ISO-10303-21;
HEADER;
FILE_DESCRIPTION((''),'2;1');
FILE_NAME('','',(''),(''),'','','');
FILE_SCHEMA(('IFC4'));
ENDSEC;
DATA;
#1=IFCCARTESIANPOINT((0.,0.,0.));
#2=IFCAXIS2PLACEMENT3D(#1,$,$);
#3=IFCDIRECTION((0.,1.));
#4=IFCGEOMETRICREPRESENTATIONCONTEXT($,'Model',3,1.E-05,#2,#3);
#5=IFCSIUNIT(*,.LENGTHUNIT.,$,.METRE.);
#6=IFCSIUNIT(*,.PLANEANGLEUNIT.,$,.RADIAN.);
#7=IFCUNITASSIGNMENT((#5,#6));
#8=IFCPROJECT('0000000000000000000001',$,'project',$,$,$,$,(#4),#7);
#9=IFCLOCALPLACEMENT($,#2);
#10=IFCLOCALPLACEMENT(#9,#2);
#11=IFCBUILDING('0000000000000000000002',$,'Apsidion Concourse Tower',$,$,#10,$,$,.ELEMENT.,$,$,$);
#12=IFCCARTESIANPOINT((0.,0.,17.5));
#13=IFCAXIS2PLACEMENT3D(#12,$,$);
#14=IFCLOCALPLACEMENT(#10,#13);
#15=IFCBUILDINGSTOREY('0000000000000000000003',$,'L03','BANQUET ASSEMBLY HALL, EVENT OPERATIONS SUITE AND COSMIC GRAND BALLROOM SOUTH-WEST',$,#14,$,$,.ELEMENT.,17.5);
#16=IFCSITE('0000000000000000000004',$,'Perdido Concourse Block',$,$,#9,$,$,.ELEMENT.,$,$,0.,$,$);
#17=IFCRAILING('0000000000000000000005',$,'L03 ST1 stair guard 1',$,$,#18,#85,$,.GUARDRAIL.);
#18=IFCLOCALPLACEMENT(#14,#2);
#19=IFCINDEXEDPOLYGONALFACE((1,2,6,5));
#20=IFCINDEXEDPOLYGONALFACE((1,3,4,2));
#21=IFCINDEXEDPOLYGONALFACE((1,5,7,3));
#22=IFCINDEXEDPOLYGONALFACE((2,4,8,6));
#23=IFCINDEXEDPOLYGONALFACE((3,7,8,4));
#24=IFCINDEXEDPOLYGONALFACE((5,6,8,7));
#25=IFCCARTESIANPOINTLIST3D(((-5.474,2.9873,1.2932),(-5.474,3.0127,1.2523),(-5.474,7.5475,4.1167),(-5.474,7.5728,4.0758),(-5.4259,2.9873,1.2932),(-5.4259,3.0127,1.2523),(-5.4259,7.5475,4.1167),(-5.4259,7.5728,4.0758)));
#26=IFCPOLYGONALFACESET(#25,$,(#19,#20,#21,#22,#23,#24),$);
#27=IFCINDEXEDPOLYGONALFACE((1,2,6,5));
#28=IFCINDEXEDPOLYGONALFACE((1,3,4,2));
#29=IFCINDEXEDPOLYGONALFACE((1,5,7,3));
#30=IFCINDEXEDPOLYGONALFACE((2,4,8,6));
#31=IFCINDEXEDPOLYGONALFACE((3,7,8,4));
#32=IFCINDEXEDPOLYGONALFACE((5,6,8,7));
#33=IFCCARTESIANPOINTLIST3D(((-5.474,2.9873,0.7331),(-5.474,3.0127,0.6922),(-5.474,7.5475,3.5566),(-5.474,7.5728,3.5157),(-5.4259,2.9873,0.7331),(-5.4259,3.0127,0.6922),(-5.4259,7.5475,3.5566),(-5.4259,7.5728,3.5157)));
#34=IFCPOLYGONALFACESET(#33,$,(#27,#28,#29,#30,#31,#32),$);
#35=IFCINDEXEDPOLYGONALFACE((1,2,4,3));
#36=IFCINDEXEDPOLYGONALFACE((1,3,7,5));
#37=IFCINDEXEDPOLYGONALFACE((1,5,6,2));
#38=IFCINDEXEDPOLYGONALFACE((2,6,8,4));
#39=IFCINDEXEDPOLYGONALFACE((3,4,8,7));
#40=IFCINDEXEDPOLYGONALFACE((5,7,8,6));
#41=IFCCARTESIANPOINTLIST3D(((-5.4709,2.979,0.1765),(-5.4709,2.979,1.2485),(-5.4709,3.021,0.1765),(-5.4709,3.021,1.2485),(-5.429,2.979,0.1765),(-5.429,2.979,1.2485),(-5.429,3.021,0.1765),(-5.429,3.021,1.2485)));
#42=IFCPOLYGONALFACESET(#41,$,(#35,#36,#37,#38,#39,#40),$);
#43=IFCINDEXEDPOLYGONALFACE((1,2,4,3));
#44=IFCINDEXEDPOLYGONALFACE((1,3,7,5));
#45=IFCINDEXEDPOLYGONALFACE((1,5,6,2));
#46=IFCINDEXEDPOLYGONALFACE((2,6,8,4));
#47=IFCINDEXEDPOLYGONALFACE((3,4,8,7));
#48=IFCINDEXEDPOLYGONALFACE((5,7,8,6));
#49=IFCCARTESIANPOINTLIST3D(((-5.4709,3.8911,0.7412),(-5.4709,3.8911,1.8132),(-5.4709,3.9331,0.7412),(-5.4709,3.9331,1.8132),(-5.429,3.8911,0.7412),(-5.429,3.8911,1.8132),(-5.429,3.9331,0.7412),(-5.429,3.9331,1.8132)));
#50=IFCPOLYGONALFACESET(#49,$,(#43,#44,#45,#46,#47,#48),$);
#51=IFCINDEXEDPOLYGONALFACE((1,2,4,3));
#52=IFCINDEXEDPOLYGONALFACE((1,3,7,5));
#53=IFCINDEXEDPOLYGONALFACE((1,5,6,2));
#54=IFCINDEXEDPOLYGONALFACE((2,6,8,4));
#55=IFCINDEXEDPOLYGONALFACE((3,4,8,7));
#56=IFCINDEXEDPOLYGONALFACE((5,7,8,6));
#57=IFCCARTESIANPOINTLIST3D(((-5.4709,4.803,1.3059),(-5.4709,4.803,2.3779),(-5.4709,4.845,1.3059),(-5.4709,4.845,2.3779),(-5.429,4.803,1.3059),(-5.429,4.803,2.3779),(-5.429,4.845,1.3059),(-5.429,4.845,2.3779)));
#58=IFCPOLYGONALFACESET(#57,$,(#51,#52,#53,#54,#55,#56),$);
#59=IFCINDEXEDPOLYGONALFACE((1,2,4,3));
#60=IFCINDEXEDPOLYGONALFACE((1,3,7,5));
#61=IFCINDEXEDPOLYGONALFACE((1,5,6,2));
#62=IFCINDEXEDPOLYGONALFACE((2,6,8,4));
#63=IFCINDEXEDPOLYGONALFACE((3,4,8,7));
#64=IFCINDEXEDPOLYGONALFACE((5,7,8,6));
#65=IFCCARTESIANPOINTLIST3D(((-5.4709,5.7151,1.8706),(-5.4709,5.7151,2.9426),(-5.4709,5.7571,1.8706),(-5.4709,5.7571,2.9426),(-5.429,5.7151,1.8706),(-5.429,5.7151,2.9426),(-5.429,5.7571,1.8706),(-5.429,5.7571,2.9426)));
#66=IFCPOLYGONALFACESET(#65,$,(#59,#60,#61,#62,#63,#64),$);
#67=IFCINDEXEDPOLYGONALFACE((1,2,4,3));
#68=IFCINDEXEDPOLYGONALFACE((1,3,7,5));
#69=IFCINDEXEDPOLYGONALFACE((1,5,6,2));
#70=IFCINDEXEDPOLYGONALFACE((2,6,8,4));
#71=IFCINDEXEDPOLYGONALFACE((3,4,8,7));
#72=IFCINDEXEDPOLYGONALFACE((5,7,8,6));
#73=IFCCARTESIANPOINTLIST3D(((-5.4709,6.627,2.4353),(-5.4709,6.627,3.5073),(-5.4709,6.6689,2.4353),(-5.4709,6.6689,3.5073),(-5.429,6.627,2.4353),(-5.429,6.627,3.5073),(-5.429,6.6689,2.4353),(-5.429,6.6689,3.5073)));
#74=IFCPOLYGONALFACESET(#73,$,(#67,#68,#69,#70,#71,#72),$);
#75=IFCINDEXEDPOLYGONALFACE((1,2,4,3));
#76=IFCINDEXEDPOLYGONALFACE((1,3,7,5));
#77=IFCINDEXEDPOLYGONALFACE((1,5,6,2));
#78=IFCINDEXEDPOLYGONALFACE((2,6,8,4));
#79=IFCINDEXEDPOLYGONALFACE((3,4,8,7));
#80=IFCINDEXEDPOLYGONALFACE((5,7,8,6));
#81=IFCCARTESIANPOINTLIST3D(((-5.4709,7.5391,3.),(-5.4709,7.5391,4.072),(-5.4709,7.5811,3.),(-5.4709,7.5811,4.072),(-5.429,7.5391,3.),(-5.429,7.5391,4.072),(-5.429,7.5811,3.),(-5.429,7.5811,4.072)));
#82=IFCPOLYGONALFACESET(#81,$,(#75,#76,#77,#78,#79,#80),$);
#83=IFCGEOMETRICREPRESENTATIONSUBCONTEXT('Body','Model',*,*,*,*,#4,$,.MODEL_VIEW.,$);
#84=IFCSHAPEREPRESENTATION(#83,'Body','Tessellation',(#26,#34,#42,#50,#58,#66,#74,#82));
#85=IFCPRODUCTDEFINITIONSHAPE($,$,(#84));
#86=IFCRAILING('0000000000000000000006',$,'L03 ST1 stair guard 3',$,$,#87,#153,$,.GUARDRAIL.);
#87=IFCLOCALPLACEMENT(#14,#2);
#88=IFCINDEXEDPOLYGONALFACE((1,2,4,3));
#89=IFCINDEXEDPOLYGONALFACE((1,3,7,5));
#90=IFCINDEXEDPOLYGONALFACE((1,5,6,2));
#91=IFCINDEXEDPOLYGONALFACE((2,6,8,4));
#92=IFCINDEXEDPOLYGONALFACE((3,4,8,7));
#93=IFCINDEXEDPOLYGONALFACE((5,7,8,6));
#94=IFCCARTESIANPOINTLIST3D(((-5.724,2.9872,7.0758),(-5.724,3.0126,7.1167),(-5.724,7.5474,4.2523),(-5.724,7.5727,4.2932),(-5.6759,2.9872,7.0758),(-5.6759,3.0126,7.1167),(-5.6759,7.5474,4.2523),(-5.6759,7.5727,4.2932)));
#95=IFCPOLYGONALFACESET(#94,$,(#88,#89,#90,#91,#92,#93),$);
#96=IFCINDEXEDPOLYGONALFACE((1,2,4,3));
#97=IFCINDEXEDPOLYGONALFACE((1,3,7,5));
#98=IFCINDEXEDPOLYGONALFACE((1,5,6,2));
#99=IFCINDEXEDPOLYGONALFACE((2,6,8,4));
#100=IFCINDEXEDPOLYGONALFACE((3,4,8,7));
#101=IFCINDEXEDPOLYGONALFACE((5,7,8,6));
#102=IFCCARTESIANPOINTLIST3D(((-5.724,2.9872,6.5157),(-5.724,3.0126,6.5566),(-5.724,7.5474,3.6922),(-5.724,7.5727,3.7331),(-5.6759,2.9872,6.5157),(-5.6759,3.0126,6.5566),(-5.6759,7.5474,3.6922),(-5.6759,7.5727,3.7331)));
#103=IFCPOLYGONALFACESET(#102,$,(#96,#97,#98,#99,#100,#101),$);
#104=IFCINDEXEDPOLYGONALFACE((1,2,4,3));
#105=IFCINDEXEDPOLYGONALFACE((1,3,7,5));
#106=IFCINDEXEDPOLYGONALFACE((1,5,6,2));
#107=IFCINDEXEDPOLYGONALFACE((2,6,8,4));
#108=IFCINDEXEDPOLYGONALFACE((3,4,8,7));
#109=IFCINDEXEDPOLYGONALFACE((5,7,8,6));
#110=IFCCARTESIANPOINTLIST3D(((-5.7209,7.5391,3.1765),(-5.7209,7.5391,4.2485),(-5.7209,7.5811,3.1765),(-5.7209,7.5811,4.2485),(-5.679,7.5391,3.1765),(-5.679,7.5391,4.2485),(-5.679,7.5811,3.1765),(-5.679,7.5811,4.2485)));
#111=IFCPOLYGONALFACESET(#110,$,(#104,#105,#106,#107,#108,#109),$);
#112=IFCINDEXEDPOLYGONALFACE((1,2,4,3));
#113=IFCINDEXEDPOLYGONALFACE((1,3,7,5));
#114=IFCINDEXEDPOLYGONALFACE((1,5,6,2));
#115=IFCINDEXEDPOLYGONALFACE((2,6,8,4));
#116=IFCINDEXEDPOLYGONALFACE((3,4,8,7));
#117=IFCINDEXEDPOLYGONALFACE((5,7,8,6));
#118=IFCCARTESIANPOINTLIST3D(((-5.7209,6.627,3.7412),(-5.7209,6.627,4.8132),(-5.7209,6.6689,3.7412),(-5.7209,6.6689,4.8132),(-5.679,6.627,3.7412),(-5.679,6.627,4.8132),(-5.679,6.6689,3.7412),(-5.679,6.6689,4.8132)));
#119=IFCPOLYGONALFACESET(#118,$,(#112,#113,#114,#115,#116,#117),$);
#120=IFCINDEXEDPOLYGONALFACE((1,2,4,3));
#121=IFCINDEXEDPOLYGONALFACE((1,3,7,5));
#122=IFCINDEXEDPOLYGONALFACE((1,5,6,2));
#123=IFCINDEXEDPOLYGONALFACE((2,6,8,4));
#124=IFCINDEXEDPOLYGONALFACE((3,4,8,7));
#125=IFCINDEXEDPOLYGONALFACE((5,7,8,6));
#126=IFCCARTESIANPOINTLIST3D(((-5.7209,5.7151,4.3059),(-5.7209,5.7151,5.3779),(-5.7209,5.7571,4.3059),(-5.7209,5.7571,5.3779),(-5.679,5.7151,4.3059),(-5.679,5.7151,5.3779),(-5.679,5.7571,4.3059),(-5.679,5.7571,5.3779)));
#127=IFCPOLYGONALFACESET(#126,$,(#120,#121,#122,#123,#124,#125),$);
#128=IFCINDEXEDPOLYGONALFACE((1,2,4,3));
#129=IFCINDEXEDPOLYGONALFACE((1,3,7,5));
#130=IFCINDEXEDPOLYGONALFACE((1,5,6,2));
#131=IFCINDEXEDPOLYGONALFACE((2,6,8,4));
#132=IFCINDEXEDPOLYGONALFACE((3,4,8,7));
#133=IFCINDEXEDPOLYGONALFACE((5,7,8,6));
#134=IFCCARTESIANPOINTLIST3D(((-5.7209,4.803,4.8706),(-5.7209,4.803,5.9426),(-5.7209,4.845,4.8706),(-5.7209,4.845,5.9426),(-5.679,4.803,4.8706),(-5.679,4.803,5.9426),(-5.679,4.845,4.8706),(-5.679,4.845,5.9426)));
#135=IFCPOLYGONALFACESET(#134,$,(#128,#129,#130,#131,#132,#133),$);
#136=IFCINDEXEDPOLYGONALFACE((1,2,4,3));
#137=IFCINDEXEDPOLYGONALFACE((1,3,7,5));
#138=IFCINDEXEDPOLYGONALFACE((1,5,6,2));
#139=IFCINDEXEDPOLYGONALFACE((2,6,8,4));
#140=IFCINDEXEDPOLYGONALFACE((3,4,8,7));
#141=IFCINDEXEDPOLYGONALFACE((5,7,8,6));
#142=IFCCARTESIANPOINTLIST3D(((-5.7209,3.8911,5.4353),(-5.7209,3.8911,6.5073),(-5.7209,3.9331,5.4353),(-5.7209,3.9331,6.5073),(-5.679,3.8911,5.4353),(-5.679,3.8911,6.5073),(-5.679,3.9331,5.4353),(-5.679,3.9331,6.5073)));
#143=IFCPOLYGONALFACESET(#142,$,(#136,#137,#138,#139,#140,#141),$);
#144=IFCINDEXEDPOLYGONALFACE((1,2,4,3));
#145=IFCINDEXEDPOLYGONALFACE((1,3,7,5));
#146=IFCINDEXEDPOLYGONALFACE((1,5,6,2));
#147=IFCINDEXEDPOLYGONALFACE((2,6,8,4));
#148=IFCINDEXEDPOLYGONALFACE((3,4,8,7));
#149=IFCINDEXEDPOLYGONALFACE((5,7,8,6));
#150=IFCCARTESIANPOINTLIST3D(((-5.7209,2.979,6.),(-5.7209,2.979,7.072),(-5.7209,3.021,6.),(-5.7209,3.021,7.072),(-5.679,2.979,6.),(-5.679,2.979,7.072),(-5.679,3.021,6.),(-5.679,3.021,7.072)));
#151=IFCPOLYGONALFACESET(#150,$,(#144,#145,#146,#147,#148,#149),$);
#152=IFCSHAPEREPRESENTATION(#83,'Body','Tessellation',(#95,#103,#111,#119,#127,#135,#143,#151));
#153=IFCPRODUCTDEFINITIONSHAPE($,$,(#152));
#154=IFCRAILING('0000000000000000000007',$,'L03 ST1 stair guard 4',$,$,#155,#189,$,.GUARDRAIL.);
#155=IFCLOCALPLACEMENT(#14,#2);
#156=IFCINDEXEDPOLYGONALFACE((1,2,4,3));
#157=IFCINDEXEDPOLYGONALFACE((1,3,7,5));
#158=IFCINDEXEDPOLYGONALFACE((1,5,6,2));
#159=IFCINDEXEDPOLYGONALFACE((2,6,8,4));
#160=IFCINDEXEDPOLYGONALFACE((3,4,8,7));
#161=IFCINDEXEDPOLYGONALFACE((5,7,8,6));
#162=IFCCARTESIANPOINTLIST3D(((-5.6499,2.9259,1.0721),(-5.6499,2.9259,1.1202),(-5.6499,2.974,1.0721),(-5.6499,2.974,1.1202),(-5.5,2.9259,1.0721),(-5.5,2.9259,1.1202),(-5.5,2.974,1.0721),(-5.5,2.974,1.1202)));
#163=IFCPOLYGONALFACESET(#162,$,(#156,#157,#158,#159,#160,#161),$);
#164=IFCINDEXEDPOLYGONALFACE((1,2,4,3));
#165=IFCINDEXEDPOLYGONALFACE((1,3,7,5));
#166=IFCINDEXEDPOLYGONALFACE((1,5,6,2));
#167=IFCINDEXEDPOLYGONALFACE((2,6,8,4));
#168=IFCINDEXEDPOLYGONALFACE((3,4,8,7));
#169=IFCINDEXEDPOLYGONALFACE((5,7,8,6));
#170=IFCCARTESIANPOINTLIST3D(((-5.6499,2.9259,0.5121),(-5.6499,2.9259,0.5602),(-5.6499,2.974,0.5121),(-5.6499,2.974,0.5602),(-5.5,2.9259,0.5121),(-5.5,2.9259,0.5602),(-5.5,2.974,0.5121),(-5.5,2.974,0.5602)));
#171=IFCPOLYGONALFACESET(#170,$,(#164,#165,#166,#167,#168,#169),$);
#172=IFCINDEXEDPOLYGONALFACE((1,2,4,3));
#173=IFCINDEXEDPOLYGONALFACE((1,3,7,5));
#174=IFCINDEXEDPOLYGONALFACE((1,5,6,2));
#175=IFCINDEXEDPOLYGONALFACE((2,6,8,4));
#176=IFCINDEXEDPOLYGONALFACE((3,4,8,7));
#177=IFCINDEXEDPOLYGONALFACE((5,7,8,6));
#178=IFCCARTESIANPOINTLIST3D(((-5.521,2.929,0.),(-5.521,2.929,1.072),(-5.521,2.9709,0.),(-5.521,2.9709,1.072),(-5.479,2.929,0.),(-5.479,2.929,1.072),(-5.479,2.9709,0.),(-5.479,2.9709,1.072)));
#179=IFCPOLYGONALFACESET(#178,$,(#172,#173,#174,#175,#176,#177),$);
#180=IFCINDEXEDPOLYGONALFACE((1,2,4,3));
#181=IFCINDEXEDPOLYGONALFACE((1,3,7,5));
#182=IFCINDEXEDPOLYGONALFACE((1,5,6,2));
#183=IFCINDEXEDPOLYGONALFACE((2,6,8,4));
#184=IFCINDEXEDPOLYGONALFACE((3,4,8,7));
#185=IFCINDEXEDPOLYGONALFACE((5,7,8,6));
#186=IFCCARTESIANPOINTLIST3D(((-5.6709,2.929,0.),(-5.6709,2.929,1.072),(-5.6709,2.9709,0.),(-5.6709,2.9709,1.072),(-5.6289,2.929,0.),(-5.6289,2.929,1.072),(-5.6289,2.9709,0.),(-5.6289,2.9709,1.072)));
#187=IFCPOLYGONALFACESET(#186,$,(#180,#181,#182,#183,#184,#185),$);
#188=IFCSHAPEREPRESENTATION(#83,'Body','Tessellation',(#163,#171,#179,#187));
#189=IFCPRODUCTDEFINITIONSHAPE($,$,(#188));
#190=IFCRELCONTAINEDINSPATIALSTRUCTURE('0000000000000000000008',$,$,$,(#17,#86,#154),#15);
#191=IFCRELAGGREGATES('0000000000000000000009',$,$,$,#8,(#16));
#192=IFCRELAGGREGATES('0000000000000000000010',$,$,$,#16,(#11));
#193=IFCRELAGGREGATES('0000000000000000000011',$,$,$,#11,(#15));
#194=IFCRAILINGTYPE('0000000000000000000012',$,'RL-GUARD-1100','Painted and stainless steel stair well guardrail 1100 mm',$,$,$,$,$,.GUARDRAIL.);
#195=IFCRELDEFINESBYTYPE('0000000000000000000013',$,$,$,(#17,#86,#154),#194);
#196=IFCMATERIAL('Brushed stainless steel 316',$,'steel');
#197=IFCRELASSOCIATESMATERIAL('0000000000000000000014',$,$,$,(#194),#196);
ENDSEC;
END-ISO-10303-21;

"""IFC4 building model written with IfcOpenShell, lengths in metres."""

from ifc_helpers import new_model, si_unit, direction, frame, origin, origin_2d, place, context, subcontext, project, spatial, rectangle, extrude, material, type_object, element, save


model = new_model("IFC4")

# Units and contexts
model_context = context("Model", 3, precision=1e-05, world=origin(), true_north=direction((0.0, 1.0)))
body_context = subcontext(model_context, "Body", "Model", "MODEL_VIEW")
ifc_project = project(units=[si_unit("LENGTHUNIT", "METRE"), si_unit("PLANEANGLEUNIT", "RADIAN")], contexts=[model_context])

# Site, building, storey
site_placement = place(None, origin())
site = spatial("IfcSite", under=ifc_project, at=site_placement, Name="Perdido Concourse Block", CompositionType="ELEMENT", RefElevation=0.0)
building_placement = place(site_placement, origin())
building = spatial("IfcBuilding", under=site, at=building_placement, Name="Apsidion Concourse Tower", CompositionType="ELEMENT")
storey_placement = place(building_placement, frame((0.0, 0.0, 17.5)))
storey = spatial("IfcBuildingStorey", under=building, at=storey_placement, Name="L03", Description="BANQUET ASSEMBLY HALL, EVENT OPERATIONS SUITE AND COSMIC GRAND BALLROOM SOUTH-WEST", CompositionType="ELEMENT", Elevation=17.5)

# Shared definitions
ifc_material_1 = material(Name="Brushed stainless steel 316", Category="steel")

# Railings
railing_type_1 = type_object("IfcRailingType", Name="RL-GUARD-1100", Description="Painted and stainless steel stair well guardrail 1100 mm", PredefinedType="GUARDRAIL", material=ifc_material_1)
railing_1_placement = place(storey_placement, frame((-5.45, 3.0, 0.1765)))
element("IfcRailing", 1, at=railing_1_placement, inside=storey, type_object=railing_type_1, Name="L03 ST1 stair guard 1", PredefinedType="GUARDRAIL", context=body_context, shape_type="SweptSolid", body=[
    extrude(rectangle(XDim=0.0481, YDim=0.0481, at=origin_2d()), frame((0.0, 0.0, 1.0962), z_axis=(0.0, 0.850216, 0.526435), x_axis=(-1.0, 0.0, 0.0)), (0.0, 0.0, 1.0), 5.3635),
    extrude(rectangle(XDim=0.0481, YDim=0.0481, at=origin_2d()), frame((0.0, 0.0, 0.5361), z_axis=(0.0, 0.850216, 0.526435), x_axis=(-1.0, 0.0, 0.0)), (0.0, 0.0, 1.0), 5.3635),
    extrude(rectangle(XDim=0.042, YDim=0.042, at=origin_2d()), origin(), (0.0, 0.0, 1.0), 1.072),
    extrude(rectangle(XDim=0.042, YDim=0.042, at=origin_2d()), frame((0.0, 0.9121, 0.5647)), (0.0, 0.0, 1.0), 1.072),
    extrude(rectangle(XDim=0.042, YDim=0.042, at=origin_2d()), frame((0.0, 1.824, 1.1294)), (0.0, 0.0, 1.0), 1.072),
    extrude(rectangle(XDim=0.042, YDim=0.042, at=origin_2d()), frame((0.0, 2.7361, 1.6941)), (0.0, 0.0, 1.0), 1.072),
    extrude(rectangle(XDim=0.042, YDim=0.042, at=origin_2d()), frame((0.0, 3.6479, 2.2588)), (0.0, 0.0, 1.0), 1.072),
    extrude(rectangle(XDim=0.042, YDim=0.042, at=origin_2d()), frame((0.0, 4.5601, 2.8235)), (0.0, 0.0, 1.0), 1.072),
])
railing_2_placement = place(storey_placement, frame((-5.7, 7.5601, 3.1765)))
element("IfcRailing", 2, at=railing_2_placement, inside=storey, type_object=railing_type_1, Name="L03 ST1 stair guard 3", PredefinedType="GUARDRAIL", context=body_context, shape_type="SweptSolid", body=[
    extrude(rectangle(XDim=0.0481, YDim=0.0481, at=origin_2d()), frame((0.0, 0.0, 1.0962), z_axis=(0.0, -0.850216, 0.526435), x_axis=(1.0, 0.0, 0.0)), (0.0, 0.0, 1.0), 5.3635),
    extrude(rectangle(XDim=0.0481, YDim=0.0481, at=origin_2d()), frame((0.0, 0.0, 0.5361), z_axis=(0.0, -0.850216, 0.526435), x_axis=(1.0, 0.0, 0.0)), (0.0, 0.0, 1.0), 5.3635),
    extrude(rectangle(XDim=0.042, YDim=0.042, at=origin_2d()), origin(), (0.0, 0.0, 1.0), 1.072),
    extrude(rectangle(XDim=0.042, YDim=0.042, at=origin_2d()), frame((0.0, -0.9121, 0.5647)), (0.0, 0.0, 1.0), 1.072),
    extrude(rectangle(XDim=0.042, YDim=0.042, at=origin_2d()), frame((0.0, -1.824, 1.1294)), (0.0, 0.0, 1.0), 1.072),
    extrude(rectangle(XDim=0.042, YDim=0.042, at=origin_2d()), frame((0.0, -2.7361, 1.6941)), (0.0, 0.0, 1.0), 1.072),
    extrude(rectangle(XDim=0.042, YDim=0.042, at=origin_2d()), frame((0.0, -3.6479, 2.2588)), (0.0, 0.0, 1.0), 1.072),
    extrude(rectangle(XDim=0.042, YDim=0.042, at=origin_2d()), frame((0.0, -4.5601, 2.8235)), (0.0, 0.0, 1.0), 1.072),
])
railing_3_placement = place(storey_placement, frame((-5.5, 2.95, 0.0)))
element("IfcRailing", 3, at=railing_3_placement, inside=storey, type_object=railing_type_1, Name="L03 ST1 stair guard 4", PredefinedType="GUARDRAIL", context=body_context, shape_type="SweptSolid", body=[
    extrude(rectangle(XDim=0.0481, YDim=0.0481, at=origin_2d()), frame((0.0, 0.0, 1.0962), z_axis=(-1.0, 0.0, 0.0), x_axis=(0.0, -1.0, 0.0)), (0.0, 0.0, 1.0), 0.1499),
    extrude(rectangle(XDim=0.0481, YDim=0.0481, at=origin_2d()), frame((0.0, 0.0, 0.5361), z_axis=(-1.0, 0.0, 0.0), x_axis=(0.0, -1.0, 0.0)), (0.0, 0.0, 1.0), 0.1499),
    extrude(rectangle(XDim=0.042, YDim=0.042, at=origin_2d()), origin(), (0.0, 0.0, 1.0), 1.072),
    extrude(rectangle(XDim=0.042, YDim=0.042, at=origin_2d()), frame((-0.1499, 0.0, 0.0)), (0.0, 0.0, 1.0), 1.072),
])

save(model, "model.ifc")
